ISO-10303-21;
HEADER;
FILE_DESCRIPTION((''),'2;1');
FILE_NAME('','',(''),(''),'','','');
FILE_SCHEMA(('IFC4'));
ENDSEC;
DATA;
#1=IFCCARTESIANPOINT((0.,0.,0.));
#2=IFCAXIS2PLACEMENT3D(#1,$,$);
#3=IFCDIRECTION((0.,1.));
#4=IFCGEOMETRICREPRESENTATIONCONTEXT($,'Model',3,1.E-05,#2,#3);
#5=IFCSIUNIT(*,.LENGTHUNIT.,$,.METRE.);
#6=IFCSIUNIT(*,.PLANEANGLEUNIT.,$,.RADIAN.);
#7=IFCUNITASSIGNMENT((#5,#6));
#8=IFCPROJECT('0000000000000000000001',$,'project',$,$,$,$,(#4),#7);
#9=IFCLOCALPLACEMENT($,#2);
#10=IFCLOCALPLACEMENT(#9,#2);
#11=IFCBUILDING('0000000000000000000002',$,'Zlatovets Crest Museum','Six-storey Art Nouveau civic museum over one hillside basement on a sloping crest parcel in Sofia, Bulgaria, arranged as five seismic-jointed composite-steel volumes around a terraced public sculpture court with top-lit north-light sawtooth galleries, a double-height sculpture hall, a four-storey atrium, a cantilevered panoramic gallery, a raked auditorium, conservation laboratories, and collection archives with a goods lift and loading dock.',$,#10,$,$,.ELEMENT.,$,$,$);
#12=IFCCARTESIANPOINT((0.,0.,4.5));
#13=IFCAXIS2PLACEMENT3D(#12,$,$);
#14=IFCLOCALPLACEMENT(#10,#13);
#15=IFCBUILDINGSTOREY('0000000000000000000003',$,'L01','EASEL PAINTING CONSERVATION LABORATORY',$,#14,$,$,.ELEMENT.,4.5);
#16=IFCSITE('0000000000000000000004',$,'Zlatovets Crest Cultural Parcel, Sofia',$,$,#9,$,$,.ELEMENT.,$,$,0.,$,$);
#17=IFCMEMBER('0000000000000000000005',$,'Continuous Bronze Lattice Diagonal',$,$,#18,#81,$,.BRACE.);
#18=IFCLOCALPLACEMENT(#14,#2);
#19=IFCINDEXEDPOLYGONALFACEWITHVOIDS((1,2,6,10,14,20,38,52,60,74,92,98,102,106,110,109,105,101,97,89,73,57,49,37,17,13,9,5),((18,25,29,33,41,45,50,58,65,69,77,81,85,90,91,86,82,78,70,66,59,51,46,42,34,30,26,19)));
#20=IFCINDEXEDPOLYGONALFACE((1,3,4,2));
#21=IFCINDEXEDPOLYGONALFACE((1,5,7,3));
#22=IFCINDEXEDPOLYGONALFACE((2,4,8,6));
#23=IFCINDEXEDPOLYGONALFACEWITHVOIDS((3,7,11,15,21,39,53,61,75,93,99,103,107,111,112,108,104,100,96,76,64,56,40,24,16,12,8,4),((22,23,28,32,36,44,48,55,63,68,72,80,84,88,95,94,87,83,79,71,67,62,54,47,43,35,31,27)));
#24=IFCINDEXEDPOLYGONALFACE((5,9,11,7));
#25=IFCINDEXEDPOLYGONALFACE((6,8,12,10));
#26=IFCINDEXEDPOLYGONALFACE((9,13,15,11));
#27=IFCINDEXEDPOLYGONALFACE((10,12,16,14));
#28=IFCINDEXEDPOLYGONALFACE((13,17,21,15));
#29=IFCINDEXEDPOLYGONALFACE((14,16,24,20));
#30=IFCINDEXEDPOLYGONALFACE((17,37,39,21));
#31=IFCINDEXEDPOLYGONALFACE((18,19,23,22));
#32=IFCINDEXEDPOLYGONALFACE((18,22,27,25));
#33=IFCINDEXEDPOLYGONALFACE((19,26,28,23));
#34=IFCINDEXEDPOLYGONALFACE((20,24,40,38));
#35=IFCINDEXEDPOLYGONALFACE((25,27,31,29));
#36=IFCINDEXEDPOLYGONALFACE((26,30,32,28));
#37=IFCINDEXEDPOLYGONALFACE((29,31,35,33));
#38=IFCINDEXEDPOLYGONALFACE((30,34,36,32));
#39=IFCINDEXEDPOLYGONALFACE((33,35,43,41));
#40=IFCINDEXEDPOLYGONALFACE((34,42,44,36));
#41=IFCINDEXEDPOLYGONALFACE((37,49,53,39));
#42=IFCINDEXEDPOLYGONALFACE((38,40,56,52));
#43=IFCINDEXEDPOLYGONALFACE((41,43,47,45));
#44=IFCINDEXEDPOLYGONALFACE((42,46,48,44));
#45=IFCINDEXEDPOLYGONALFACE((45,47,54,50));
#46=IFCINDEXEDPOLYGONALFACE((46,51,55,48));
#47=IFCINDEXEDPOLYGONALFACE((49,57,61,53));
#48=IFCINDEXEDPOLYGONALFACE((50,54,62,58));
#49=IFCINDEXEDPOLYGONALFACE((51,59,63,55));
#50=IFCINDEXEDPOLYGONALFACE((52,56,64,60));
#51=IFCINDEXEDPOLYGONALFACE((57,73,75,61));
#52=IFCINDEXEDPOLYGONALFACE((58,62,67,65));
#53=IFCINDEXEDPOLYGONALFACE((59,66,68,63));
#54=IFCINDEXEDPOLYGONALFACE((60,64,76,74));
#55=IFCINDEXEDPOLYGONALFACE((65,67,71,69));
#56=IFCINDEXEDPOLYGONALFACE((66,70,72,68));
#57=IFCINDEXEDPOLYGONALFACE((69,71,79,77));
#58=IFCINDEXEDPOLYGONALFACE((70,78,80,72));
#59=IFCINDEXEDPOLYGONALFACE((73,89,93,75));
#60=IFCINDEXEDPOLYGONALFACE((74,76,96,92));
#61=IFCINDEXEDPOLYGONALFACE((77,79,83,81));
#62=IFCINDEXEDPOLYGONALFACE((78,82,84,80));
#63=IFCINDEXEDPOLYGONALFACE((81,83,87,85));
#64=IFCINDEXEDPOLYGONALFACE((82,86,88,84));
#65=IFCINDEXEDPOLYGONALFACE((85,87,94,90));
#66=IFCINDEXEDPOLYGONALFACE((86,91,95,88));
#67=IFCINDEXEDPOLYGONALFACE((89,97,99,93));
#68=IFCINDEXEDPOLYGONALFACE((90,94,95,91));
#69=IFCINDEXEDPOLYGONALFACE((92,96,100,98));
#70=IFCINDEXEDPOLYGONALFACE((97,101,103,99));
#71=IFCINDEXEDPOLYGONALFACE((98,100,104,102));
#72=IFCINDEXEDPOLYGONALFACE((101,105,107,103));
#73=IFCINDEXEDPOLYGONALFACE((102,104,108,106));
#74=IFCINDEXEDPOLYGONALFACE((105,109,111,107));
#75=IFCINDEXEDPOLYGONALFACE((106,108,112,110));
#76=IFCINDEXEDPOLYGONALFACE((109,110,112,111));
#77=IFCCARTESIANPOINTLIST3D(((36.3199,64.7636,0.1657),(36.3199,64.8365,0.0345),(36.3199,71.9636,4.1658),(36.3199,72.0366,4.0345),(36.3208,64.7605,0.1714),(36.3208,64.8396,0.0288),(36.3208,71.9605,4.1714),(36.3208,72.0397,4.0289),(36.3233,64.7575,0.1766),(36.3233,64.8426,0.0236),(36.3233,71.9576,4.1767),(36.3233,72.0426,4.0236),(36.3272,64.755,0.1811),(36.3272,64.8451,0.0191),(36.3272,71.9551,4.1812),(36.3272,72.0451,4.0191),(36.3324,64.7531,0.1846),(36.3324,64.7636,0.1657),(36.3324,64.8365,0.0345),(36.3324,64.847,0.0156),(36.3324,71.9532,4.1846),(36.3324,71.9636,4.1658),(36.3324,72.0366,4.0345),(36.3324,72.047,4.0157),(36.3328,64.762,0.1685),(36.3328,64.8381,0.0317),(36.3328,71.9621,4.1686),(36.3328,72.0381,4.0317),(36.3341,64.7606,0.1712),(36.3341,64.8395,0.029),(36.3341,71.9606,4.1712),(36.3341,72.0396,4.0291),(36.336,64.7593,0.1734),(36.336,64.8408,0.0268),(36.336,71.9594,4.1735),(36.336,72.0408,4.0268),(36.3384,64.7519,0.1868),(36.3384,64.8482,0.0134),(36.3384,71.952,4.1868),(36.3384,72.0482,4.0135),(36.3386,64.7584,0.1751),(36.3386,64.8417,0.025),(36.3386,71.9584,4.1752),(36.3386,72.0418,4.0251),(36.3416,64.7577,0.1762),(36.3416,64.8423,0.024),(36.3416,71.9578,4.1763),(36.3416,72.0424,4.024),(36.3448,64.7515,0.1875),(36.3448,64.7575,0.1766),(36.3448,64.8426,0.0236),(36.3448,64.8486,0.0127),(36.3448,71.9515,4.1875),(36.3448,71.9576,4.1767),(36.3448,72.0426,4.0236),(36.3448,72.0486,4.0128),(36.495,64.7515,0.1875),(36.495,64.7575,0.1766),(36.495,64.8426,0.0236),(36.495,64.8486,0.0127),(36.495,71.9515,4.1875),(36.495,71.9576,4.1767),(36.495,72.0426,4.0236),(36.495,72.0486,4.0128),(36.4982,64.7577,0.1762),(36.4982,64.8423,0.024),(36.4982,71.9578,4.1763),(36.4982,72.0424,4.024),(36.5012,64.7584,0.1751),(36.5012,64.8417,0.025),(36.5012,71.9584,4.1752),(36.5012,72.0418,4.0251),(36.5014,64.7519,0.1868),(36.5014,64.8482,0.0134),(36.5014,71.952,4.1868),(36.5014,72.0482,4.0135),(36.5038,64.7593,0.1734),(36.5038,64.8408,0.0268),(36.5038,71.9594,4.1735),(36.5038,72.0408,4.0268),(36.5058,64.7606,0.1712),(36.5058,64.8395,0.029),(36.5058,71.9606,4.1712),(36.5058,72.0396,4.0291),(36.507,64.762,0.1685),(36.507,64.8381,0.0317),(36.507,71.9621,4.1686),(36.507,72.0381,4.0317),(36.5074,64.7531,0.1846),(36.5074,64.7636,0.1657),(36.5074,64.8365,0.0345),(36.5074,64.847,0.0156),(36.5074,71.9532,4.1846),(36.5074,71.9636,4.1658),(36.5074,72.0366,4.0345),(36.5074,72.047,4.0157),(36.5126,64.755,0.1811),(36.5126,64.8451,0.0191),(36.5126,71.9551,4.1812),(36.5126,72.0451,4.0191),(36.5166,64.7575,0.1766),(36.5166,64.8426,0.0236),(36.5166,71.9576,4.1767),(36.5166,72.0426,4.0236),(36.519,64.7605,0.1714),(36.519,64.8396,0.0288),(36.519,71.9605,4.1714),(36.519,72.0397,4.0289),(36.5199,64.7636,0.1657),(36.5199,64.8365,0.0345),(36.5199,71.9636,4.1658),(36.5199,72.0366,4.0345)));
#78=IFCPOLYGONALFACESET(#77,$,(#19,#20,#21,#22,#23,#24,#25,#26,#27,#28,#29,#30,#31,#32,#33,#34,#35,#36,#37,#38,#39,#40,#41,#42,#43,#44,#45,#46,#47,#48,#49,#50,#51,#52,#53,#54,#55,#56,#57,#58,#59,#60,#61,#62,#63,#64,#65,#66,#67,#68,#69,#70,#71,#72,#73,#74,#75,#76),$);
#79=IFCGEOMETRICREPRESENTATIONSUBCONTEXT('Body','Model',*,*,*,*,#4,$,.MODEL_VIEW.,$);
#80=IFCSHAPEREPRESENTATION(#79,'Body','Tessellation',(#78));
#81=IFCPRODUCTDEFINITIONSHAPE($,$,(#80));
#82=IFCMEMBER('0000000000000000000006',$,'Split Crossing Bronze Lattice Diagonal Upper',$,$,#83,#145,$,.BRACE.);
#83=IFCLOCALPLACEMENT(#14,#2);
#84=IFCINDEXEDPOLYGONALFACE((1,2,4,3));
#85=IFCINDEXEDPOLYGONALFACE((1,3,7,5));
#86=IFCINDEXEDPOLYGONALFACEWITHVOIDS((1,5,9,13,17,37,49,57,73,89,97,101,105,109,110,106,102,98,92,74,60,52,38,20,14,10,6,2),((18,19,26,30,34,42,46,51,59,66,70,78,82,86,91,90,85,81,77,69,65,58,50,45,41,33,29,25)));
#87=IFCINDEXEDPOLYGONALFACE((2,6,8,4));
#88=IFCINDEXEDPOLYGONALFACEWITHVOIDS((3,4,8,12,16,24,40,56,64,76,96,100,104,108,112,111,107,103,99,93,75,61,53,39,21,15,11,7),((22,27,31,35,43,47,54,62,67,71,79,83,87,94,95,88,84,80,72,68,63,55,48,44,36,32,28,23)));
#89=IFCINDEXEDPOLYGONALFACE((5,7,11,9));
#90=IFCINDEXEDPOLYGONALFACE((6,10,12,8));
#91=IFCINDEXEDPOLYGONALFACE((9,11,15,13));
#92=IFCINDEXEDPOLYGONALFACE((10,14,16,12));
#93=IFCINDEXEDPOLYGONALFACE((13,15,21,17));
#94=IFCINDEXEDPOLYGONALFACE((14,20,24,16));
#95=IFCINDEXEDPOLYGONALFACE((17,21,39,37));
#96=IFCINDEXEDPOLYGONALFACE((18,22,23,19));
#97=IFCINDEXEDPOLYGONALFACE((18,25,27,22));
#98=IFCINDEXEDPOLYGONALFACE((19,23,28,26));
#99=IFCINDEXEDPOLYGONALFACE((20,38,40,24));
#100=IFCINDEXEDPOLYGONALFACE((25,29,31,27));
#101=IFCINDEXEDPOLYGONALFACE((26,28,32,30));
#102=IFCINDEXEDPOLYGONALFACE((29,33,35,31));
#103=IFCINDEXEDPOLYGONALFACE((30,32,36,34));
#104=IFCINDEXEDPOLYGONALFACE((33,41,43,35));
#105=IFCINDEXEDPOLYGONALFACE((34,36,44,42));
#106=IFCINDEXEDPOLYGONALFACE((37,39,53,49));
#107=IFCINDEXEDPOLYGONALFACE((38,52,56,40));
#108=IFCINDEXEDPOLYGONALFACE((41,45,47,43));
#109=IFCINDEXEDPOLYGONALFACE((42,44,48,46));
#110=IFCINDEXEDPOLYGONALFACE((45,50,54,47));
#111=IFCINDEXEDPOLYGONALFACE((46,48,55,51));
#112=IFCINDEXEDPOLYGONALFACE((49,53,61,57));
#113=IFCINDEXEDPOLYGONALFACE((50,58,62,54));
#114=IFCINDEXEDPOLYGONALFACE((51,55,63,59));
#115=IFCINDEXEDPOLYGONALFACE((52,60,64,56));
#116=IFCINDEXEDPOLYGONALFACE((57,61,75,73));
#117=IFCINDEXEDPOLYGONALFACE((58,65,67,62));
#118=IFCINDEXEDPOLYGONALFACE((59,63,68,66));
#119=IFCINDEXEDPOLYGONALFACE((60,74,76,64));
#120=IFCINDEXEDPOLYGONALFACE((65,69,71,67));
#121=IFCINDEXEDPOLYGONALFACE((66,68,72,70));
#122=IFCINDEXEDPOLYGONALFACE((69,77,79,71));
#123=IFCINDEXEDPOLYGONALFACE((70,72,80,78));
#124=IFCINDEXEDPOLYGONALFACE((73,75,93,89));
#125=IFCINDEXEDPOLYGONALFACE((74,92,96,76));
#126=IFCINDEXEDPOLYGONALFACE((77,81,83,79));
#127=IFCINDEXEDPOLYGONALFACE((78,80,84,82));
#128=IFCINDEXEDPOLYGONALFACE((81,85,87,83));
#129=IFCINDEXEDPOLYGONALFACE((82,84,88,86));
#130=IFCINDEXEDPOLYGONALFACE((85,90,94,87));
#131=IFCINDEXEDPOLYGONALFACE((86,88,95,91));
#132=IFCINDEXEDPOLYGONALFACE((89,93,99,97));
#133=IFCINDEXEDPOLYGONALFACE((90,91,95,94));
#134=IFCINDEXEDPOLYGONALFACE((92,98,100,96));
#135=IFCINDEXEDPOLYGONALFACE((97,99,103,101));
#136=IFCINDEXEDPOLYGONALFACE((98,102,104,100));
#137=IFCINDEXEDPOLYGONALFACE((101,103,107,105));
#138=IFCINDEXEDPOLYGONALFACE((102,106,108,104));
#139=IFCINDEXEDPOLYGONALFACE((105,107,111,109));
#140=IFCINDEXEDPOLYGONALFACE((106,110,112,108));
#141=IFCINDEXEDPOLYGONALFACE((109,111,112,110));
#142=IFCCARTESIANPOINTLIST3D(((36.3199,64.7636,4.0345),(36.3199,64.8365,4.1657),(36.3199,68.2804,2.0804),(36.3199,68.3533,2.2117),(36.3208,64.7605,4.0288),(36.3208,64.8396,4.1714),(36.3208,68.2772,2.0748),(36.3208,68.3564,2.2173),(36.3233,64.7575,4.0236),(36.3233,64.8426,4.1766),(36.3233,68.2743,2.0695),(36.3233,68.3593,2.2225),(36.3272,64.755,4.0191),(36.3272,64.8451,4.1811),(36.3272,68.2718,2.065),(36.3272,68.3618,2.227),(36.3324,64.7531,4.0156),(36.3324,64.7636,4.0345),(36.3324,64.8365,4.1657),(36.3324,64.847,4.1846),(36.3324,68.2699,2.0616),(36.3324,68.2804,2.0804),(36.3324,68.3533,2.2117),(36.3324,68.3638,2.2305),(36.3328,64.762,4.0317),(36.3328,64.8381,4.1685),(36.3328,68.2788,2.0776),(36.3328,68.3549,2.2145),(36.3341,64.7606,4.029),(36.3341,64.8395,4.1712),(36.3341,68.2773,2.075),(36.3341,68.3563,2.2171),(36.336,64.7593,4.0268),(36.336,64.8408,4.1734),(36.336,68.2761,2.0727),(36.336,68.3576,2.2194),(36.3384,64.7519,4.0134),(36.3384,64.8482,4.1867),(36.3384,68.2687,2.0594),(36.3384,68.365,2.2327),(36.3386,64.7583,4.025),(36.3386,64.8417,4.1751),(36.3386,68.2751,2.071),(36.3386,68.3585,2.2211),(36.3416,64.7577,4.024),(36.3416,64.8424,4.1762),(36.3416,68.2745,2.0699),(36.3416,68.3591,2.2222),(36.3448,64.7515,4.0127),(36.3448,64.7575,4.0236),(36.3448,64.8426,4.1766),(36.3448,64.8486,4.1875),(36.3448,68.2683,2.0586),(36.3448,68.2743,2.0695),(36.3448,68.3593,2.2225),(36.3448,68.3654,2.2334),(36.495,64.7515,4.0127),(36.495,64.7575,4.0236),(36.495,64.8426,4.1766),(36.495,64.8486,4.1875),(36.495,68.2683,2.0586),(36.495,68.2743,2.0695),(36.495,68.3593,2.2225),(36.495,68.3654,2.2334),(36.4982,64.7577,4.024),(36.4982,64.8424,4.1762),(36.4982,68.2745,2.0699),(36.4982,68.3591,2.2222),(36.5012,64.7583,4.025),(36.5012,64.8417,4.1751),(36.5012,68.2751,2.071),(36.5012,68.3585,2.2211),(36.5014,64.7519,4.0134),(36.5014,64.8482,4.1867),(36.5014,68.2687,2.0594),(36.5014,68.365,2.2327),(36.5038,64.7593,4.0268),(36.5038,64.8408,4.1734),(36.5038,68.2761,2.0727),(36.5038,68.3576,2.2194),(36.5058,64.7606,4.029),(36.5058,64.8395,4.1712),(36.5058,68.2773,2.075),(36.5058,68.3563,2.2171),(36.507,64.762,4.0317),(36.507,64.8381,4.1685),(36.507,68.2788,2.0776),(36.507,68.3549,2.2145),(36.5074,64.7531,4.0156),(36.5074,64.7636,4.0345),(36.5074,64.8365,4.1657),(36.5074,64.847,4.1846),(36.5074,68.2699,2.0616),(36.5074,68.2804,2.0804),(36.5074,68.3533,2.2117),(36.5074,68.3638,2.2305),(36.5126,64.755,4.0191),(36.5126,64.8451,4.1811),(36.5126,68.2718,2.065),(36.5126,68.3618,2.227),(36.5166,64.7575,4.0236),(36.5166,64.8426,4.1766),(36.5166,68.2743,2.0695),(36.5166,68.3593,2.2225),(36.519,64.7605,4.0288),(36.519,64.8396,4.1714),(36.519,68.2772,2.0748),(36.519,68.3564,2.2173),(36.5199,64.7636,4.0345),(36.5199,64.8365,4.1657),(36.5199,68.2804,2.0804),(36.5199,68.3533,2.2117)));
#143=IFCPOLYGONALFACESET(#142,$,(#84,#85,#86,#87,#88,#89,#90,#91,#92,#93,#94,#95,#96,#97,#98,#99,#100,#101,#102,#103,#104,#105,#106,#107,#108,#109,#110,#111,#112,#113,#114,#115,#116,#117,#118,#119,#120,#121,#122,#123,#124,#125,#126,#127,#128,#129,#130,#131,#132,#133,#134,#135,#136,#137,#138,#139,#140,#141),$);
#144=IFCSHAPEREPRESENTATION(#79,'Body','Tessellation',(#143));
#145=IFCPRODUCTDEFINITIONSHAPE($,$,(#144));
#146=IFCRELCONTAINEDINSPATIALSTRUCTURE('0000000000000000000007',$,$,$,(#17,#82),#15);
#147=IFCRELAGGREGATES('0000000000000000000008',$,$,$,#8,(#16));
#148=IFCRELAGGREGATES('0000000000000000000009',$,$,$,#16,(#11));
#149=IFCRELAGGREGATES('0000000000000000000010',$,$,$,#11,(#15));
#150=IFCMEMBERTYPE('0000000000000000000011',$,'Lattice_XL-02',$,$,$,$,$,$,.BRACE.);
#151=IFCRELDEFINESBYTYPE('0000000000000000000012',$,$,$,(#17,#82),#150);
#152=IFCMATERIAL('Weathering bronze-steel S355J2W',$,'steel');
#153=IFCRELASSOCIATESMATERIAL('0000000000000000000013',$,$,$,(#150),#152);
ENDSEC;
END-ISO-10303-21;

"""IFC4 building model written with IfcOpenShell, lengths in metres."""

from ifc_helpers import new_model, si_unit, direction, frame, origin, origin_2d, place, context, subcontext, project, spatial, hollow_rectangle, extrude, material, material_profile, profile_set, type_object, element, save


model = new_model("IFC4")

# Units and contexts
model_context = context("Model", 3, precision=1e-05, world=origin(), true_north=direction((0.0, 1.0)))
body_context = subcontext(model_context, "Body", "Model", "MODEL_VIEW")
ifc_project = project(units=[si_unit("LENGTHUNIT", "METRE"), si_unit("PLANEANGLEUNIT", "RADIAN")], contexts=[model_context])

# Site, building, storey
site_placement = place(None, origin())
site = spatial("IfcSite", under=ifc_project, at=site_placement, Name="Zlatovets Crest Cultural Parcel, Sofia", CompositionType="ELEMENT", RefElevation=0.0)
building_placement = place(site_placement, origin())
building = spatial("IfcBuilding", under=site, at=building_placement, Name="Zlatovets Crest Museum", Description="Six-storey Art Nouveau civic museum over one hillside basement on a sloping crest parcel in Sofia, Bulgaria, arranged as five seismic-jointed composite-steel volumes around a terraced public sculpture court with top-lit north-light sawtooth galleries, a double-height sculpture hall, a four-storey atrium, a cantilevered panoramic gallery, a raked auditorium, conservation laboratories, and collection archives with a goods lift and loading dock.", CompositionType="ELEMENT")
storey_placement = place(building_placement, frame((0.0, 0.0, 4.5)))
storey = spatial("IfcBuildingStorey", under=building, at=storey_placement, Name="L01", Description="EASEL PAINTING CONSERVATION LABORATORY", CompositionType="ELEMENT", Elevation=4.5)

# Members
ifc_material_1 = material(Name="Weathering bronze-steel S355J2W", Category="steel")
ifc_material_profile_1 = material_profile(ifc_material_1, hollow_rectangle(XDim=0.2, YDim=0.2, WallThickness=0.0125, InnerFilletRadius=0.0125, OuterFilletRadius=0.0249, at=origin_2d()), Name="SHS 200x200x12.5")
ifc_profile_set_1 = profile_set([ifc_material_profile_1], Name="Weathering bronze-steel S355J2W")
member_type_1 = type_object("IfcMemberType", Name="Lattice_XL-02", PredefinedType="BRACE", material=ifc_profile_set_1)
member_1_placement = place(storey_placement, frame((36.4199, 64.8, 0.1001), z_axis=(0.0, 0.874156, 0.485645), x_axis=(-1.0, 0.0, 0.0)))
element("IfcMember", 1, at=member_1_placement, inside=storey, type_object=member_type_1, Name="Continuous Bronze Lattice Diagonal", PredefinedType="BRACE", context=body_context, shape_type="SweptSolid", body=[
    extrude(hollow_rectangle(XDim=0.2, YDim=0.2, WallThickness=0.0125, InnerFilletRadius=0.0125, OuterFilletRadius=0.0249, at=origin_2d()), origin(), (0.0, 0.0, 1.0), 8.2366),
])
member_2_placement = place(storey_placement, frame((36.4199, 64.8, 4.1001), z_axis=(0.0, 0.874126, -0.4857), x_axis=(-1.0, 0.0, 0.0)))
element("IfcMember", 2, at=member_2_placement, inside=storey, type_object=member_type_1, Name="Split Crossing Bronze Lattice Diagonal Upper", PredefinedType="BRACE", context=body_context, shape_type="SweptSolid", body=[
    extrude(hollow_rectangle(XDim=0.2, YDim=0.2, WallThickness=0.0125, InnerFilletRadius=0.0125, OuterFilletRadius=0.0249, at=origin_2d()), origin(), (0.0, 0.0, 1.0), 4.0232),
])

save(model, "model.ifc")
